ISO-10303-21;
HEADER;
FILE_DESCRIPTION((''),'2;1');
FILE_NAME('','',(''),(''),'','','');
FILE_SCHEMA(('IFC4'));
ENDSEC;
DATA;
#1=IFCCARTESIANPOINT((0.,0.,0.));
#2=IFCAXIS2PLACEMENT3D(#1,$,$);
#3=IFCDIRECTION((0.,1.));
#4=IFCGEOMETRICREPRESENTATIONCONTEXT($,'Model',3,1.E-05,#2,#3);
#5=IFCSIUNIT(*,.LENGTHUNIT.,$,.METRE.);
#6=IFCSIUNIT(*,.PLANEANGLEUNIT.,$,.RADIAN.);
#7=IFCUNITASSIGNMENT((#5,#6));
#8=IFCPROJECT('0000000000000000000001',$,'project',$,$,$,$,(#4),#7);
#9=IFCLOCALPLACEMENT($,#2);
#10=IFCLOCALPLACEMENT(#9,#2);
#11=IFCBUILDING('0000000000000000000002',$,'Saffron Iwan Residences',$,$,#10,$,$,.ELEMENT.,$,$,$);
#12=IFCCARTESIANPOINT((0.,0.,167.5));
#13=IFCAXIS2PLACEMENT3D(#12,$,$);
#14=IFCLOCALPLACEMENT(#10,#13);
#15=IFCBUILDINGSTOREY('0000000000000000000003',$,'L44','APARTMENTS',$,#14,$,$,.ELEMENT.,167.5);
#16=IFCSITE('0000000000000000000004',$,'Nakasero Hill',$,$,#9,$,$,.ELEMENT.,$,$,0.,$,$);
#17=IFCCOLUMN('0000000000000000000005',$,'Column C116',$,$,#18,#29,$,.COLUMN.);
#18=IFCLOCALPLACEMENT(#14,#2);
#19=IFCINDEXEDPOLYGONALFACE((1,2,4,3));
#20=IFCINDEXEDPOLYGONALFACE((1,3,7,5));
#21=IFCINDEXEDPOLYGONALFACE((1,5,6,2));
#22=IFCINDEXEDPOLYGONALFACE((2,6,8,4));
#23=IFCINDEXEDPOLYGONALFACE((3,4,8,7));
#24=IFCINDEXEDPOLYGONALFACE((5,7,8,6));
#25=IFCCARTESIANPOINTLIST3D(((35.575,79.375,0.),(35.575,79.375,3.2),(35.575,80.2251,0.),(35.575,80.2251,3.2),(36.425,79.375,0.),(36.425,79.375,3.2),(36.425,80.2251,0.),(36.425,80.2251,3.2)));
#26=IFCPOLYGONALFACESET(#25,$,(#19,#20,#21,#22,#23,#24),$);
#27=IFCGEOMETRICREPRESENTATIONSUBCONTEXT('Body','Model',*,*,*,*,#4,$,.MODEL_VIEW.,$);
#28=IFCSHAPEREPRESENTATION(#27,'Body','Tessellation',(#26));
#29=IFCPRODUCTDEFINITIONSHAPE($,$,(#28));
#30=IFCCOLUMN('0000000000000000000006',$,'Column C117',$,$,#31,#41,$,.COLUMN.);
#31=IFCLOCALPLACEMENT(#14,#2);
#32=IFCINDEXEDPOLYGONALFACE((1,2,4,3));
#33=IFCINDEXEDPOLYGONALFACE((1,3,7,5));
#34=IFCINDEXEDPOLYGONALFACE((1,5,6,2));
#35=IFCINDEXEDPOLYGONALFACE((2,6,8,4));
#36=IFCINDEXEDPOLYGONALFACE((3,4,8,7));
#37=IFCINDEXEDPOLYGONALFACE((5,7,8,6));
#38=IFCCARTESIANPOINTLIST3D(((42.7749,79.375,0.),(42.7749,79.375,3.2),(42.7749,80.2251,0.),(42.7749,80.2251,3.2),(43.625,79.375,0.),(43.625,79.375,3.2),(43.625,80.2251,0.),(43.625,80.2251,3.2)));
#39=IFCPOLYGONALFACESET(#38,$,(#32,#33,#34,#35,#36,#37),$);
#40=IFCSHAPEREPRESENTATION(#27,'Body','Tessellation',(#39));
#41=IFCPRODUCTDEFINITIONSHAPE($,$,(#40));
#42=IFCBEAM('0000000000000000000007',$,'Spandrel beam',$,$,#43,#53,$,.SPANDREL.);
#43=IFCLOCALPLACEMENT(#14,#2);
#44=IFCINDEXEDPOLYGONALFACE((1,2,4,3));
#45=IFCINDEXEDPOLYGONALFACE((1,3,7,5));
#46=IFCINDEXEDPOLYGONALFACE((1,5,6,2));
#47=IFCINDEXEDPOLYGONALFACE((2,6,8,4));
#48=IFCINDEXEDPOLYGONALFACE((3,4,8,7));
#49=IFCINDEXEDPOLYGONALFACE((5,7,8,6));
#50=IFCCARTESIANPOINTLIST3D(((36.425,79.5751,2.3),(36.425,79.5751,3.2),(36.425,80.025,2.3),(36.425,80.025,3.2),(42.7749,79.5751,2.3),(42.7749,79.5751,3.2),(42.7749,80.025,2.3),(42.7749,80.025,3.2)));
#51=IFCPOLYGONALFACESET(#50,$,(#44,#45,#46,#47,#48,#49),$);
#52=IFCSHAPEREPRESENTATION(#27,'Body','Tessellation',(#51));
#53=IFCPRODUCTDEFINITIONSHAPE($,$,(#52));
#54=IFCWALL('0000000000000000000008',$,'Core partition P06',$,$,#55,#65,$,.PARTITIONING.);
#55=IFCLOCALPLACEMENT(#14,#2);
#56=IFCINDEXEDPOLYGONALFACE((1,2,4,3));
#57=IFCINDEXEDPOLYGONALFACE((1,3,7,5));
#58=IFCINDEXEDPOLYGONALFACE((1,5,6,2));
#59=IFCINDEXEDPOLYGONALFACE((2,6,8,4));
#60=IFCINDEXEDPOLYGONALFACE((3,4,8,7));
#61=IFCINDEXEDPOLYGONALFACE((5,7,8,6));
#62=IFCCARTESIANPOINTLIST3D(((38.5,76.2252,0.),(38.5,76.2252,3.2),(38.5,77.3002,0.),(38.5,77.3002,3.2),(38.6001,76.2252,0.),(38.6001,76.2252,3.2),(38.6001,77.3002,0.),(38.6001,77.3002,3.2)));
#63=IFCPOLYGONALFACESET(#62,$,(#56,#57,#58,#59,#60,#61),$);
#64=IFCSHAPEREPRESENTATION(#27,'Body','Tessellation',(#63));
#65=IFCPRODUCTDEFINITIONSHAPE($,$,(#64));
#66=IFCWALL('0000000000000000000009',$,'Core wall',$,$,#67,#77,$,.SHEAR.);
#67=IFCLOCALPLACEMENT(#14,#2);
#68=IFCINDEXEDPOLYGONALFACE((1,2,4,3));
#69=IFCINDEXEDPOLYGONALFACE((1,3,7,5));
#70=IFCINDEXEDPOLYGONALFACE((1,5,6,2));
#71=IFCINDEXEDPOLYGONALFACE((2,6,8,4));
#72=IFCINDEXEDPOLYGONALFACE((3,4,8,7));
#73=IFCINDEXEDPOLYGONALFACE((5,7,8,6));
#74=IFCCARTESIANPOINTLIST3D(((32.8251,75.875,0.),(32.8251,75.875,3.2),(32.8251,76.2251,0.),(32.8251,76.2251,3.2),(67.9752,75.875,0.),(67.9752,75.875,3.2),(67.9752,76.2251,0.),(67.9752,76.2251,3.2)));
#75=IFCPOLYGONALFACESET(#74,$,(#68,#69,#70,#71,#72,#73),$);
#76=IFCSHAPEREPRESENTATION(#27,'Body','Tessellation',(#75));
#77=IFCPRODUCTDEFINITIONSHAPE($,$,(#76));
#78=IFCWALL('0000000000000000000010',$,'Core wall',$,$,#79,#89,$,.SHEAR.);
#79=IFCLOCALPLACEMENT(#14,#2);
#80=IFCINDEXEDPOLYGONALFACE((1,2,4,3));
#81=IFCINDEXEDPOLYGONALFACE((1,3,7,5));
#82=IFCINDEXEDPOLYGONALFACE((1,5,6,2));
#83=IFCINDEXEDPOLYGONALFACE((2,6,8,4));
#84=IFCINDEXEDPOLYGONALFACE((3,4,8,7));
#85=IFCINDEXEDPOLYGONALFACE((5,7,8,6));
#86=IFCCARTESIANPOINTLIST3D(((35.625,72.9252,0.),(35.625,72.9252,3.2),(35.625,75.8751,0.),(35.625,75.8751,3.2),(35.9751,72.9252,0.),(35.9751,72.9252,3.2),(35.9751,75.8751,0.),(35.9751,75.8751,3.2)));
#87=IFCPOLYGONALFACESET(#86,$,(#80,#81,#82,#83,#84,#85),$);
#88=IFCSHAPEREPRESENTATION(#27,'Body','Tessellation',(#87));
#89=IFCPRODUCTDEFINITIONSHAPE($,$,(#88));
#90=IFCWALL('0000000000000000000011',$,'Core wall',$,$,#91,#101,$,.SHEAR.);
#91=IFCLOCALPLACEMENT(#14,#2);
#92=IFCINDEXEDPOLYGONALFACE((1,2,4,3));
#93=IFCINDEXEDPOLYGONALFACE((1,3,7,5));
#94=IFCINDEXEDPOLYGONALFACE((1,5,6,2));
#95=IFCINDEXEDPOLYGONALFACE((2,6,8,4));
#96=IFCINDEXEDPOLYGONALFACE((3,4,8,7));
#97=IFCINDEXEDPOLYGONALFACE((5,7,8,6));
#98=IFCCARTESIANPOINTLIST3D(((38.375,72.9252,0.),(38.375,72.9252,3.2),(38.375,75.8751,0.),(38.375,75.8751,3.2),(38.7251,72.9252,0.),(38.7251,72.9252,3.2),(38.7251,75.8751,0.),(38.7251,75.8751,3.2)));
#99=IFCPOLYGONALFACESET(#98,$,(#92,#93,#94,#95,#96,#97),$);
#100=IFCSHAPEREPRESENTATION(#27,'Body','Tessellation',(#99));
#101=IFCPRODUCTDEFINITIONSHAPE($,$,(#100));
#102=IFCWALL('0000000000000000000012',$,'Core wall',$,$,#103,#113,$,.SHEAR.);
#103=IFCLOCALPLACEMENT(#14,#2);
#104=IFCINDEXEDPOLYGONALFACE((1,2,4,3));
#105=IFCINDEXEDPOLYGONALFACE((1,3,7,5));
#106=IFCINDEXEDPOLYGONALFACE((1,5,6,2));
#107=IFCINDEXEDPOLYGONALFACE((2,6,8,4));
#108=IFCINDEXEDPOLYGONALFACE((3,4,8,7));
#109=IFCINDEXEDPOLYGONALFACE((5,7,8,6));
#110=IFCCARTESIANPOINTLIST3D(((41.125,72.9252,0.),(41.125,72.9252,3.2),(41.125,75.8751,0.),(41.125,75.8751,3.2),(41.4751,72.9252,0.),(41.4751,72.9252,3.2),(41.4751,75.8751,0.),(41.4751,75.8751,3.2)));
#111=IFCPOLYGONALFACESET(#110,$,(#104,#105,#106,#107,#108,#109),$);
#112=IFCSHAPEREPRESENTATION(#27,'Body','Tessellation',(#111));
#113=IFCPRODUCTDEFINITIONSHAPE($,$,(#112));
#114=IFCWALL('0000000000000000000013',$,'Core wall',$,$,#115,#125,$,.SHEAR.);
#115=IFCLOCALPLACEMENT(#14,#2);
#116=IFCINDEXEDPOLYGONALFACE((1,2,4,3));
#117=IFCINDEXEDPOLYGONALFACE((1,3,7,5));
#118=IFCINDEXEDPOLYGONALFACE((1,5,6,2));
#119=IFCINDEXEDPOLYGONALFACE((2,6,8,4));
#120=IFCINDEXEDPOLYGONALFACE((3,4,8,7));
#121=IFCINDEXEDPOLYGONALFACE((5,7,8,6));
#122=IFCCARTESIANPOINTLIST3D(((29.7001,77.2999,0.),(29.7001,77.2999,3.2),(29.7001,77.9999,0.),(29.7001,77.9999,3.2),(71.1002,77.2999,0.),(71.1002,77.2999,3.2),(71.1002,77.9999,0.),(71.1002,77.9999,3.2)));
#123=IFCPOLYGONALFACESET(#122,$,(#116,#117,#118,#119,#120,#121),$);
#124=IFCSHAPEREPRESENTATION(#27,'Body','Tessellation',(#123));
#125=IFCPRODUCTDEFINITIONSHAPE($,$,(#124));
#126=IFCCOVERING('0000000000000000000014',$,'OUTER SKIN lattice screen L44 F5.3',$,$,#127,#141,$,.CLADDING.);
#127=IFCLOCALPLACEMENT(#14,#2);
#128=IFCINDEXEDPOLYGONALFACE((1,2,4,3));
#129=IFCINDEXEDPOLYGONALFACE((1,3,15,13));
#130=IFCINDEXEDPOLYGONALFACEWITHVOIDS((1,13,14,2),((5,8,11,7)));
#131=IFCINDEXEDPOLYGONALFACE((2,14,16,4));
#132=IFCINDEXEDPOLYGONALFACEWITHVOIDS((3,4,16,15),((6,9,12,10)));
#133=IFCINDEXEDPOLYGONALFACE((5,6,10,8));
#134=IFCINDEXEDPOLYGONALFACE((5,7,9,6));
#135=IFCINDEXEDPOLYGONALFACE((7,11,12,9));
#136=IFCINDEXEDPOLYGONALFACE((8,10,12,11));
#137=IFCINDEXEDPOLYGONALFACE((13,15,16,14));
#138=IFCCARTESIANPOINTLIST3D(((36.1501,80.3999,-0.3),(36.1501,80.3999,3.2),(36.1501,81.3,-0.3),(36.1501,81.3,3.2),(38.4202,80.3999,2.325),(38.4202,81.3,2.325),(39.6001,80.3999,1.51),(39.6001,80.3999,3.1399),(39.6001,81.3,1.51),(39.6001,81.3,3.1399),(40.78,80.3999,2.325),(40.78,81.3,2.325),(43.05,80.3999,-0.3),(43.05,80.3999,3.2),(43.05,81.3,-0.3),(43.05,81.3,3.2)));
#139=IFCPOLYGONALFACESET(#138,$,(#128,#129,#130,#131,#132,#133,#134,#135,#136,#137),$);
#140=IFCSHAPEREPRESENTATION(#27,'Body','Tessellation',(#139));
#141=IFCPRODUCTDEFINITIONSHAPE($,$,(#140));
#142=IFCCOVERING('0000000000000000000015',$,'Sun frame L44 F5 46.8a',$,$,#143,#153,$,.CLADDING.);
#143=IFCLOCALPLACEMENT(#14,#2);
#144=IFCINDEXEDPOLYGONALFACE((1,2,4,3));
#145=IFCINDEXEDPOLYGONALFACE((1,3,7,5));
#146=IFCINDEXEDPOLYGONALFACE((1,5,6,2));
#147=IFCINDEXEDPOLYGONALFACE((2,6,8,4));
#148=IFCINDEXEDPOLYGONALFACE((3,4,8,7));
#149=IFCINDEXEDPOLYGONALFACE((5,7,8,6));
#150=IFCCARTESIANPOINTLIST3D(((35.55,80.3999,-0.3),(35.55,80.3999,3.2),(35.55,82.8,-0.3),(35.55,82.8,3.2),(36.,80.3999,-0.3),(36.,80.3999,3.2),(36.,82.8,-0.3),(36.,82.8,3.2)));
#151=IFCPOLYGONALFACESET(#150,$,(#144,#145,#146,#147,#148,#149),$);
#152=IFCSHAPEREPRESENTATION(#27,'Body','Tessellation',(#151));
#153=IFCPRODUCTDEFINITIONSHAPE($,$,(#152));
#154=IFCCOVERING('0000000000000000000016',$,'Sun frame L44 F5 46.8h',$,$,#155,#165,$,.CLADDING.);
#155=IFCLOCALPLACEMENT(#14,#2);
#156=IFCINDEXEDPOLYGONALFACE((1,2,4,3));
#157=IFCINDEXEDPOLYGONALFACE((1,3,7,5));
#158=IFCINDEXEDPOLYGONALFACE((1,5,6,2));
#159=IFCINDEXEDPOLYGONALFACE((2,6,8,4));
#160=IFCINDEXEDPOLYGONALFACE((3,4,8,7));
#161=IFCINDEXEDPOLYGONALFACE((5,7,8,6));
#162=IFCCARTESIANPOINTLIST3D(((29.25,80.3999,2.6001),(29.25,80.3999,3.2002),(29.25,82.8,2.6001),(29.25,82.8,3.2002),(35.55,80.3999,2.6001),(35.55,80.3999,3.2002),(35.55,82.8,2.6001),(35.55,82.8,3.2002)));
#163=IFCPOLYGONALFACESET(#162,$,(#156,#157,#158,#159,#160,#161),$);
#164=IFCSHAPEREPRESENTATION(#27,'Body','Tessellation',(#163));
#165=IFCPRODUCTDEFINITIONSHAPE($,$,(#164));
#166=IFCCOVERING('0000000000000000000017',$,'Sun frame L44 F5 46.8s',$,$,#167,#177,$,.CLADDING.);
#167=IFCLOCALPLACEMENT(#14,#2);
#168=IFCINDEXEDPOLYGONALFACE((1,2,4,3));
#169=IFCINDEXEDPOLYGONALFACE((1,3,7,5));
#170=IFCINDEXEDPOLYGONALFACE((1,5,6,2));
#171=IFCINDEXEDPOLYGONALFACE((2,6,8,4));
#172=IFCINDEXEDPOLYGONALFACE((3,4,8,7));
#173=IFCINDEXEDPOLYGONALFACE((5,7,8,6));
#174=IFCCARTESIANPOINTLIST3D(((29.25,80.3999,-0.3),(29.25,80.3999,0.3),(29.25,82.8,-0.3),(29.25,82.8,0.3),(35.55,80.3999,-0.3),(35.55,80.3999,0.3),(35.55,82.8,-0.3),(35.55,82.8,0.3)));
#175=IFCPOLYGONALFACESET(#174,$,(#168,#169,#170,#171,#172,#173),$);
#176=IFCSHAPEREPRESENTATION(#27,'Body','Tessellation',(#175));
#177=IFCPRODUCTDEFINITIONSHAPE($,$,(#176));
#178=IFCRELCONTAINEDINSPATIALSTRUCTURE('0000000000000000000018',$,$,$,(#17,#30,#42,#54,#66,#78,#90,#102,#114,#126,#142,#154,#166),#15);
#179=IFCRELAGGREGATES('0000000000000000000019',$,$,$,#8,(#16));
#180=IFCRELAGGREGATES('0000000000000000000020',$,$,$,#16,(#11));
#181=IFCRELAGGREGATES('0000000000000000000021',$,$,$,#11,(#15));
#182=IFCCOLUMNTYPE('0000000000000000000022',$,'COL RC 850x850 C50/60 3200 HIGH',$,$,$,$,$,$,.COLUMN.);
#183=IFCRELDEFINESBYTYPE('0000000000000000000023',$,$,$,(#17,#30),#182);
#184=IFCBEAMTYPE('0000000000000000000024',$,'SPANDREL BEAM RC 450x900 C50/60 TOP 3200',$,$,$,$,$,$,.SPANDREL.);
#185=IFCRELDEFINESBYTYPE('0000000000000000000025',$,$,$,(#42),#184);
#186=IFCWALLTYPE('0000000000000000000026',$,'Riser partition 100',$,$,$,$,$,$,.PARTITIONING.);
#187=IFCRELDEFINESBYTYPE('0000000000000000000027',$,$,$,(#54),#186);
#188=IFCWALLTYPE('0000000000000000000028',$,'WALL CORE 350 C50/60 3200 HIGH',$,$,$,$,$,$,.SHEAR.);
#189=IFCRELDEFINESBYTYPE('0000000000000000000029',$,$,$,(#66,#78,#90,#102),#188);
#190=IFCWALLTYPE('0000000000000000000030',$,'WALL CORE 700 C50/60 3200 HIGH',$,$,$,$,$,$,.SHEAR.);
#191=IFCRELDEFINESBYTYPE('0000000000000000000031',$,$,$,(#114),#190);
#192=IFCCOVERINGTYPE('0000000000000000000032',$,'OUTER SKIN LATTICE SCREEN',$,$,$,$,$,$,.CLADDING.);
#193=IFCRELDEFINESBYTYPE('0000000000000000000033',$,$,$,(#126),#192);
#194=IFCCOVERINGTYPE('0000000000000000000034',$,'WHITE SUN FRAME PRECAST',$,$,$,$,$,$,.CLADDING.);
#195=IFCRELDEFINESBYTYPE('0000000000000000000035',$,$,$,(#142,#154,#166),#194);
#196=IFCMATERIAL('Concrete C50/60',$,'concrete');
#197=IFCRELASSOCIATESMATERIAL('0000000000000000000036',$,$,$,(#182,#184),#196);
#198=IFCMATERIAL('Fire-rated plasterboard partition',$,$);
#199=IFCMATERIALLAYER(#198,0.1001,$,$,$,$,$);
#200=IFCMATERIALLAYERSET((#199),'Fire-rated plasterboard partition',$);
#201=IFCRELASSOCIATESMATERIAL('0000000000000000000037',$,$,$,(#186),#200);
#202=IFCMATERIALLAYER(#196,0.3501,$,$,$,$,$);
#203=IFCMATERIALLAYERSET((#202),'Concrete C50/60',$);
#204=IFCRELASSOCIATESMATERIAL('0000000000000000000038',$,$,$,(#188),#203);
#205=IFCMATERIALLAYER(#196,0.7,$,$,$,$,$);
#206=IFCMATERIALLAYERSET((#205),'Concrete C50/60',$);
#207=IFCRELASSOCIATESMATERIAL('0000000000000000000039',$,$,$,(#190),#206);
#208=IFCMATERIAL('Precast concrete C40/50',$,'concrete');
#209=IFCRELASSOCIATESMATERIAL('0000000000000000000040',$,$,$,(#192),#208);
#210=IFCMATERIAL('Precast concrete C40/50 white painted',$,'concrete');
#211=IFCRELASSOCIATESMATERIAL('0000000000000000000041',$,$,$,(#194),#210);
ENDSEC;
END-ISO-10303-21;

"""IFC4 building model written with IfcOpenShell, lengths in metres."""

from ifc_helpers import new_model, si_unit, direction, frame, frame_2d, origin, origin_2d, place, context, subcontext, project, spatial, polyline, rectangle, outline, extrude, source, transform, mapped, material, layer, layer_set, material_profile, profile_set, type_object, element, save


model = new_model("IFC4")

# Units and contexts
model_context = context("Model", 3, precision=1e-05, world=origin(), true_north=direction((0.0, 1.0)))
body_context = subcontext(model_context, "Body", "Model", "MODEL_VIEW")
ifc_project = project(units=[si_unit("LENGTHUNIT", "METRE"), si_unit("PLANEANGLEUNIT", "RADIAN")], contexts=[model_context])

# Site, building, storey
site_placement = place(None, origin())
site = spatial("IfcSite", under=ifc_project, at=site_placement, Name="Nakasero Hill", CompositionType="ELEMENT", RefElevation=0.0)
building_placement = place(site_placement, origin())
building = spatial("IfcBuilding", under=site, at=building_placement, Name="Saffron Iwan Residences", CompositionType="ELEMENT")
storey_placement = place(building_placement, frame((0.0, 0.0, 167.5)))
storey = spatial("IfcBuildingStorey", under=building, at=storey_placement, Name="L44", Description="APARTMENTS", CompositionType="ELEMENT", Elevation=167.5)

# Columns
ifc_material_1 = material(Name="Concrete C50/60", Category="concrete")
ifc_material_profile_1 = material_profile(ifc_material_1, rectangle(XDim=0.8501, YDim=0.8501, at=origin_2d()), Name="RC 850x850")
ifc_profile_set_1 = profile_set([ifc_material_profile_1], Name="Concrete C50/60")
column_type = type_object("IfcColumnType", Name="COL RC 850x850 C50/60 3200 HIGH", PredefinedType="COLUMN", material=ifc_profile_set_1)
shared_shape_1 = source(origin(), body_context, "Body", "SweptSolid", [
    extrude(rectangle(XDim=0.8501, YDim=0.8501, at=origin_2d()), origin(), (0.0, 0.0, 1.0), 3.2),
])
for number, where, z_axis, x_axis, name in (
    (1, (36.0, 79.8, 0.0), (0.0, 0.0, 1.0), (1.0, 0.0, 0.0), "Column C116"),
    (2, (43.2, 79.8, 0.0), (0.0, 0.0, 1.0), (1.0, 0.0, 0.0), "Column C117"),
):
    element("IfcColumn", number, at=place(storey_placement, frame(where, z_axis=z_axis, x_axis=x_axis)), inside=storey, type_object=column_type, Name=name, PredefinedType="COLUMN", context=body_context, shape_type="MappedRepresentation", body=[
        mapped(shared_shape_1, transform((0.0, 0.0, 0.0))),
    ])

# Beam
ifc_material_profile_2 = material_profile(ifc_material_1, rectangle(XDim=0.45, YDim=0.8999, at=origin_2d()), Name="RC 450x900")
ifc_profile_set_2 = profile_set([ifc_material_profile_2], Name="Concrete C50/60")
beam_type = type_object("IfcBeamType", Name="SPANDREL BEAM RC 450x900 C50/60 TOP 3200", PredefinedType="SPANDREL", material=ifc_profile_set_2)
shared_shape_2 = source(origin(), body_context, "Body", "SweptSolid", [
    extrude(rectangle(XDim=0.45, YDim=0.8999, at=origin_2d()), origin(), (0.0, 0.0, 1.0), 6.3499),
])
beam_placement = place(storey_placement, frame((36.425, 79.8, 2.75), z_axis=(1.0, 0.0, 0.0), x_axis=(0.0, 1.0, 0.0)))
element("IfcBeam", 3, at=beam_placement, inside=storey, type_object=beam_type, Name="Spandrel beam", PredefinedType="SPANDREL", context=body_context, shape_type="MappedRepresentation", body=[
    mapped(shared_shape_2, transform((0.0, 0.0, 0.0))),
])

# Walls
ifc_material_2 = material(Name="Fire-rated plasterboard partition")
ifc_layer_1 = layer(ifc_material_2, 0.1001)
ifc_layer_set_1 = layer_set([ifc_layer_1], Name="Fire-rated plasterboard partition")
wall_type_1 = type_object("IfcWallType", Name="Riser partition 100", PredefinedType="PARTITIONING", material=ifc_layer_set_1)
wall_1_placement = place(storey_placement, frame((38.55, 76.2251, 0.0), z_axis=(0.0, 0.0, 1.0), x_axis=(0.0, 1.0, 0.0)))
element("IfcWall", 4, at=wall_1_placement, inside=storey, type_object=wall_type_1, Name="Core partition P06", PredefinedType="PARTITIONING", context=body_context, shape_type="SweptSolid", body=[
    extrude(rectangle(XDim=1.075, YDim=0.1001, at=frame_2d((0.5376, 0.0))), origin(), (0.0, 0.0, 1.0), 3.2),
])
ifc_layer_2 = layer(ifc_material_1, 0.3501)
ifc_layer_set_2 = layer_set([ifc_layer_2], Name="Concrete C50/60")
wall_type_2 = type_object("IfcWallType", Name="WALL CORE 350 C50/60 3200 HIGH", PredefinedType="SHEAR", material=ifc_layer_set_2)
wall_2_placement = place(storey_placement, frame((32.825, 76.05, 0.0), z_axis=(0.0, 0.0, 1.0), x_axis=(1.0, 0.0, 0.0)))
element("IfcWall", 5, at=wall_2_placement, inside=storey, type_object=wall_type_2, Name="Core wall", PredefinedType="SHEAR", context=body_context, shape_type="SweptSolid", body=[
    extrude(rectangle(XDim=35.1501, YDim=0.3501, at=frame_2d((17.5752, 0.0))), origin(), (0.0, 0.0, 1.0), 3.2),
])
for number, where, z_axis, x_axis, name in (
    (6, (35.8, 72.925, 0.0), (0.0, 0.0, 1.0), (0.0, 1.0, 0.0), "Core wall"),
    (7, (38.55, 72.925, 0.0), (0.0, 0.0, 1.0), (0.0, 1.0, 0.0), "Core wall"),
    (8, (41.3, 72.925, 0.0), (0.0, 0.0, 1.0), (0.0, 1.0, 0.0), "Core wall"),
):
    element("IfcWall", number, at=place(storey_placement, frame(where, z_axis=z_axis, x_axis=x_axis)), inside=storey, type_object=wall_type_2, Name=name, PredefinedType="SHEAR", context=body_context, shape_type="SweptSolid", body=[
        extrude(rectangle(XDim=2.95, YDim=0.3501, at=frame_2d((1.4751, 0.0))), origin(), (0.0, 0.0, 1.0), 3.2),
    ])
ifc_layer_3 = layer(ifc_material_1, 0.7)
ifc_layer_set_3 = layer_set([ifc_layer_3], Name="Concrete C50/60")
wall_type_3 = type_object("IfcWallType", Name="WALL CORE 700 C50/60 3200 HIGH", PredefinedType="SHEAR", material=ifc_layer_set_3)
wall_3_placement = place(storey_placement, frame((29.7, 77.6499, 0.0), z_axis=(0.0, 0.0, 1.0), x_axis=(1.0, 0.0, 0.0)))
element("IfcWall", 9, at=wall_3_placement, inside=storey, type_object=wall_type_3, Name="Core wall", PredefinedType="SHEAR", context=body_context, shape_type="SweptSolid", body=[
    extrude(rectangle(XDim=41.4001, YDim=0.7, at=frame_2d((20.7002, 0.0))), origin(), (0.0, 0.0, 1.0), 3.2),
])

# Coverings
ifc_material_3 = material(Name="Precast concrete C40/50", Category="concrete")
covering_type_1 = type_object("IfcCoveringType", Name="OUTER SKIN LATTICE SCREEN", PredefinedType="CLADDING", material=ifc_material_3)
covering_1_placement = place(storey_placement, frame((43.05, 80.3999, -0.3), z_axis=(0.0, 1.0, 0.0), x_axis=(-1.0, 0.0, 0.0)))
element("IfcCovering", 10, at=covering_1_placement, inside=storey, type_object=covering_type_1, Name="OUTER SKIN lattice screen L44 F5.3", PredefinedType="CLADDING", context=body_context, shape_type="SweptSolid", body=[
    extrude(outline(polyline([(0.0, 0.0), (6.8999, 0.0), (6.8999, 3.5), (0.0, 3.5), (0.0, 0.0)]), holes=[polyline([(2.27, 2.625), (3.45, 1.8101), (4.6299, 2.625), (3.45, 3.4399), (2.27, 2.625)])]), origin(), (0.0, 0.0, 1.0), 0.9001),
])
ifc_material_4 = material(Name="Precast concrete C40/50 white painted", Category="concrete")
covering_type_2 = type_object("IfcCoveringType", Name="WHITE SUN FRAME PRECAST", PredefinedType="CLADDING", material=ifc_material_4)
covering_2_placement = place(storey_placement, frame((36.0, 80.3999, -0.3), z_axis=(0.0, 1.0, 0.0), x_axis=(-1.0, 0.0, 0.0)))
element("IfcCovering", 11, at=covering_2_placement, inside=storey, type_object=covering_type_2, Name="Sun frame L44 F5 46.8a", PredefinedType="CLADDING", context=body_context, shape_type="SweptSolid", body=[
    extrude(outline(polyline([(0.0, 0.0), (0.45, 0.0), (0.45, 3.5), (0.0, 3.5), (0.0, 0.0)])), origin(), (0.0, 0.0, 1.0), 2.4001),
])
for number, where, z_axis, x_axis, name in (
    (12, (35.55, 80.3999, 2.6001), (0.0, 1.0, 0.0), (-1.0, 0.0, 0.0), "Sun frame L44 F5 46.8h"),
    (13, (35.55, 80.3999, -0.3), (0.0, 1.0, 0.0), (-1.0, 0.0, 0.0), "Sun frame L44 F5 46.8s"),
):
    element("IfcCovering", number, at=place(storey_placement, frame(where, z_axis=z_axis, x_axis=x_axis)), inside=storey, type_object=covering_type_2, Name=name, PredefinedType="CLADDING", context=body_context, shape_type="SweptSolid", body=[
        extrude(outline(polyline([(0.0, 0.0), (6.3, 0.0), (6.3, 0.6001), (0.0, 0.6001), (0.0, 0.0)])), origin(), (0.0, 0.0, 1.0), 2.4001),
    ])

save(model, "model.ifc")
